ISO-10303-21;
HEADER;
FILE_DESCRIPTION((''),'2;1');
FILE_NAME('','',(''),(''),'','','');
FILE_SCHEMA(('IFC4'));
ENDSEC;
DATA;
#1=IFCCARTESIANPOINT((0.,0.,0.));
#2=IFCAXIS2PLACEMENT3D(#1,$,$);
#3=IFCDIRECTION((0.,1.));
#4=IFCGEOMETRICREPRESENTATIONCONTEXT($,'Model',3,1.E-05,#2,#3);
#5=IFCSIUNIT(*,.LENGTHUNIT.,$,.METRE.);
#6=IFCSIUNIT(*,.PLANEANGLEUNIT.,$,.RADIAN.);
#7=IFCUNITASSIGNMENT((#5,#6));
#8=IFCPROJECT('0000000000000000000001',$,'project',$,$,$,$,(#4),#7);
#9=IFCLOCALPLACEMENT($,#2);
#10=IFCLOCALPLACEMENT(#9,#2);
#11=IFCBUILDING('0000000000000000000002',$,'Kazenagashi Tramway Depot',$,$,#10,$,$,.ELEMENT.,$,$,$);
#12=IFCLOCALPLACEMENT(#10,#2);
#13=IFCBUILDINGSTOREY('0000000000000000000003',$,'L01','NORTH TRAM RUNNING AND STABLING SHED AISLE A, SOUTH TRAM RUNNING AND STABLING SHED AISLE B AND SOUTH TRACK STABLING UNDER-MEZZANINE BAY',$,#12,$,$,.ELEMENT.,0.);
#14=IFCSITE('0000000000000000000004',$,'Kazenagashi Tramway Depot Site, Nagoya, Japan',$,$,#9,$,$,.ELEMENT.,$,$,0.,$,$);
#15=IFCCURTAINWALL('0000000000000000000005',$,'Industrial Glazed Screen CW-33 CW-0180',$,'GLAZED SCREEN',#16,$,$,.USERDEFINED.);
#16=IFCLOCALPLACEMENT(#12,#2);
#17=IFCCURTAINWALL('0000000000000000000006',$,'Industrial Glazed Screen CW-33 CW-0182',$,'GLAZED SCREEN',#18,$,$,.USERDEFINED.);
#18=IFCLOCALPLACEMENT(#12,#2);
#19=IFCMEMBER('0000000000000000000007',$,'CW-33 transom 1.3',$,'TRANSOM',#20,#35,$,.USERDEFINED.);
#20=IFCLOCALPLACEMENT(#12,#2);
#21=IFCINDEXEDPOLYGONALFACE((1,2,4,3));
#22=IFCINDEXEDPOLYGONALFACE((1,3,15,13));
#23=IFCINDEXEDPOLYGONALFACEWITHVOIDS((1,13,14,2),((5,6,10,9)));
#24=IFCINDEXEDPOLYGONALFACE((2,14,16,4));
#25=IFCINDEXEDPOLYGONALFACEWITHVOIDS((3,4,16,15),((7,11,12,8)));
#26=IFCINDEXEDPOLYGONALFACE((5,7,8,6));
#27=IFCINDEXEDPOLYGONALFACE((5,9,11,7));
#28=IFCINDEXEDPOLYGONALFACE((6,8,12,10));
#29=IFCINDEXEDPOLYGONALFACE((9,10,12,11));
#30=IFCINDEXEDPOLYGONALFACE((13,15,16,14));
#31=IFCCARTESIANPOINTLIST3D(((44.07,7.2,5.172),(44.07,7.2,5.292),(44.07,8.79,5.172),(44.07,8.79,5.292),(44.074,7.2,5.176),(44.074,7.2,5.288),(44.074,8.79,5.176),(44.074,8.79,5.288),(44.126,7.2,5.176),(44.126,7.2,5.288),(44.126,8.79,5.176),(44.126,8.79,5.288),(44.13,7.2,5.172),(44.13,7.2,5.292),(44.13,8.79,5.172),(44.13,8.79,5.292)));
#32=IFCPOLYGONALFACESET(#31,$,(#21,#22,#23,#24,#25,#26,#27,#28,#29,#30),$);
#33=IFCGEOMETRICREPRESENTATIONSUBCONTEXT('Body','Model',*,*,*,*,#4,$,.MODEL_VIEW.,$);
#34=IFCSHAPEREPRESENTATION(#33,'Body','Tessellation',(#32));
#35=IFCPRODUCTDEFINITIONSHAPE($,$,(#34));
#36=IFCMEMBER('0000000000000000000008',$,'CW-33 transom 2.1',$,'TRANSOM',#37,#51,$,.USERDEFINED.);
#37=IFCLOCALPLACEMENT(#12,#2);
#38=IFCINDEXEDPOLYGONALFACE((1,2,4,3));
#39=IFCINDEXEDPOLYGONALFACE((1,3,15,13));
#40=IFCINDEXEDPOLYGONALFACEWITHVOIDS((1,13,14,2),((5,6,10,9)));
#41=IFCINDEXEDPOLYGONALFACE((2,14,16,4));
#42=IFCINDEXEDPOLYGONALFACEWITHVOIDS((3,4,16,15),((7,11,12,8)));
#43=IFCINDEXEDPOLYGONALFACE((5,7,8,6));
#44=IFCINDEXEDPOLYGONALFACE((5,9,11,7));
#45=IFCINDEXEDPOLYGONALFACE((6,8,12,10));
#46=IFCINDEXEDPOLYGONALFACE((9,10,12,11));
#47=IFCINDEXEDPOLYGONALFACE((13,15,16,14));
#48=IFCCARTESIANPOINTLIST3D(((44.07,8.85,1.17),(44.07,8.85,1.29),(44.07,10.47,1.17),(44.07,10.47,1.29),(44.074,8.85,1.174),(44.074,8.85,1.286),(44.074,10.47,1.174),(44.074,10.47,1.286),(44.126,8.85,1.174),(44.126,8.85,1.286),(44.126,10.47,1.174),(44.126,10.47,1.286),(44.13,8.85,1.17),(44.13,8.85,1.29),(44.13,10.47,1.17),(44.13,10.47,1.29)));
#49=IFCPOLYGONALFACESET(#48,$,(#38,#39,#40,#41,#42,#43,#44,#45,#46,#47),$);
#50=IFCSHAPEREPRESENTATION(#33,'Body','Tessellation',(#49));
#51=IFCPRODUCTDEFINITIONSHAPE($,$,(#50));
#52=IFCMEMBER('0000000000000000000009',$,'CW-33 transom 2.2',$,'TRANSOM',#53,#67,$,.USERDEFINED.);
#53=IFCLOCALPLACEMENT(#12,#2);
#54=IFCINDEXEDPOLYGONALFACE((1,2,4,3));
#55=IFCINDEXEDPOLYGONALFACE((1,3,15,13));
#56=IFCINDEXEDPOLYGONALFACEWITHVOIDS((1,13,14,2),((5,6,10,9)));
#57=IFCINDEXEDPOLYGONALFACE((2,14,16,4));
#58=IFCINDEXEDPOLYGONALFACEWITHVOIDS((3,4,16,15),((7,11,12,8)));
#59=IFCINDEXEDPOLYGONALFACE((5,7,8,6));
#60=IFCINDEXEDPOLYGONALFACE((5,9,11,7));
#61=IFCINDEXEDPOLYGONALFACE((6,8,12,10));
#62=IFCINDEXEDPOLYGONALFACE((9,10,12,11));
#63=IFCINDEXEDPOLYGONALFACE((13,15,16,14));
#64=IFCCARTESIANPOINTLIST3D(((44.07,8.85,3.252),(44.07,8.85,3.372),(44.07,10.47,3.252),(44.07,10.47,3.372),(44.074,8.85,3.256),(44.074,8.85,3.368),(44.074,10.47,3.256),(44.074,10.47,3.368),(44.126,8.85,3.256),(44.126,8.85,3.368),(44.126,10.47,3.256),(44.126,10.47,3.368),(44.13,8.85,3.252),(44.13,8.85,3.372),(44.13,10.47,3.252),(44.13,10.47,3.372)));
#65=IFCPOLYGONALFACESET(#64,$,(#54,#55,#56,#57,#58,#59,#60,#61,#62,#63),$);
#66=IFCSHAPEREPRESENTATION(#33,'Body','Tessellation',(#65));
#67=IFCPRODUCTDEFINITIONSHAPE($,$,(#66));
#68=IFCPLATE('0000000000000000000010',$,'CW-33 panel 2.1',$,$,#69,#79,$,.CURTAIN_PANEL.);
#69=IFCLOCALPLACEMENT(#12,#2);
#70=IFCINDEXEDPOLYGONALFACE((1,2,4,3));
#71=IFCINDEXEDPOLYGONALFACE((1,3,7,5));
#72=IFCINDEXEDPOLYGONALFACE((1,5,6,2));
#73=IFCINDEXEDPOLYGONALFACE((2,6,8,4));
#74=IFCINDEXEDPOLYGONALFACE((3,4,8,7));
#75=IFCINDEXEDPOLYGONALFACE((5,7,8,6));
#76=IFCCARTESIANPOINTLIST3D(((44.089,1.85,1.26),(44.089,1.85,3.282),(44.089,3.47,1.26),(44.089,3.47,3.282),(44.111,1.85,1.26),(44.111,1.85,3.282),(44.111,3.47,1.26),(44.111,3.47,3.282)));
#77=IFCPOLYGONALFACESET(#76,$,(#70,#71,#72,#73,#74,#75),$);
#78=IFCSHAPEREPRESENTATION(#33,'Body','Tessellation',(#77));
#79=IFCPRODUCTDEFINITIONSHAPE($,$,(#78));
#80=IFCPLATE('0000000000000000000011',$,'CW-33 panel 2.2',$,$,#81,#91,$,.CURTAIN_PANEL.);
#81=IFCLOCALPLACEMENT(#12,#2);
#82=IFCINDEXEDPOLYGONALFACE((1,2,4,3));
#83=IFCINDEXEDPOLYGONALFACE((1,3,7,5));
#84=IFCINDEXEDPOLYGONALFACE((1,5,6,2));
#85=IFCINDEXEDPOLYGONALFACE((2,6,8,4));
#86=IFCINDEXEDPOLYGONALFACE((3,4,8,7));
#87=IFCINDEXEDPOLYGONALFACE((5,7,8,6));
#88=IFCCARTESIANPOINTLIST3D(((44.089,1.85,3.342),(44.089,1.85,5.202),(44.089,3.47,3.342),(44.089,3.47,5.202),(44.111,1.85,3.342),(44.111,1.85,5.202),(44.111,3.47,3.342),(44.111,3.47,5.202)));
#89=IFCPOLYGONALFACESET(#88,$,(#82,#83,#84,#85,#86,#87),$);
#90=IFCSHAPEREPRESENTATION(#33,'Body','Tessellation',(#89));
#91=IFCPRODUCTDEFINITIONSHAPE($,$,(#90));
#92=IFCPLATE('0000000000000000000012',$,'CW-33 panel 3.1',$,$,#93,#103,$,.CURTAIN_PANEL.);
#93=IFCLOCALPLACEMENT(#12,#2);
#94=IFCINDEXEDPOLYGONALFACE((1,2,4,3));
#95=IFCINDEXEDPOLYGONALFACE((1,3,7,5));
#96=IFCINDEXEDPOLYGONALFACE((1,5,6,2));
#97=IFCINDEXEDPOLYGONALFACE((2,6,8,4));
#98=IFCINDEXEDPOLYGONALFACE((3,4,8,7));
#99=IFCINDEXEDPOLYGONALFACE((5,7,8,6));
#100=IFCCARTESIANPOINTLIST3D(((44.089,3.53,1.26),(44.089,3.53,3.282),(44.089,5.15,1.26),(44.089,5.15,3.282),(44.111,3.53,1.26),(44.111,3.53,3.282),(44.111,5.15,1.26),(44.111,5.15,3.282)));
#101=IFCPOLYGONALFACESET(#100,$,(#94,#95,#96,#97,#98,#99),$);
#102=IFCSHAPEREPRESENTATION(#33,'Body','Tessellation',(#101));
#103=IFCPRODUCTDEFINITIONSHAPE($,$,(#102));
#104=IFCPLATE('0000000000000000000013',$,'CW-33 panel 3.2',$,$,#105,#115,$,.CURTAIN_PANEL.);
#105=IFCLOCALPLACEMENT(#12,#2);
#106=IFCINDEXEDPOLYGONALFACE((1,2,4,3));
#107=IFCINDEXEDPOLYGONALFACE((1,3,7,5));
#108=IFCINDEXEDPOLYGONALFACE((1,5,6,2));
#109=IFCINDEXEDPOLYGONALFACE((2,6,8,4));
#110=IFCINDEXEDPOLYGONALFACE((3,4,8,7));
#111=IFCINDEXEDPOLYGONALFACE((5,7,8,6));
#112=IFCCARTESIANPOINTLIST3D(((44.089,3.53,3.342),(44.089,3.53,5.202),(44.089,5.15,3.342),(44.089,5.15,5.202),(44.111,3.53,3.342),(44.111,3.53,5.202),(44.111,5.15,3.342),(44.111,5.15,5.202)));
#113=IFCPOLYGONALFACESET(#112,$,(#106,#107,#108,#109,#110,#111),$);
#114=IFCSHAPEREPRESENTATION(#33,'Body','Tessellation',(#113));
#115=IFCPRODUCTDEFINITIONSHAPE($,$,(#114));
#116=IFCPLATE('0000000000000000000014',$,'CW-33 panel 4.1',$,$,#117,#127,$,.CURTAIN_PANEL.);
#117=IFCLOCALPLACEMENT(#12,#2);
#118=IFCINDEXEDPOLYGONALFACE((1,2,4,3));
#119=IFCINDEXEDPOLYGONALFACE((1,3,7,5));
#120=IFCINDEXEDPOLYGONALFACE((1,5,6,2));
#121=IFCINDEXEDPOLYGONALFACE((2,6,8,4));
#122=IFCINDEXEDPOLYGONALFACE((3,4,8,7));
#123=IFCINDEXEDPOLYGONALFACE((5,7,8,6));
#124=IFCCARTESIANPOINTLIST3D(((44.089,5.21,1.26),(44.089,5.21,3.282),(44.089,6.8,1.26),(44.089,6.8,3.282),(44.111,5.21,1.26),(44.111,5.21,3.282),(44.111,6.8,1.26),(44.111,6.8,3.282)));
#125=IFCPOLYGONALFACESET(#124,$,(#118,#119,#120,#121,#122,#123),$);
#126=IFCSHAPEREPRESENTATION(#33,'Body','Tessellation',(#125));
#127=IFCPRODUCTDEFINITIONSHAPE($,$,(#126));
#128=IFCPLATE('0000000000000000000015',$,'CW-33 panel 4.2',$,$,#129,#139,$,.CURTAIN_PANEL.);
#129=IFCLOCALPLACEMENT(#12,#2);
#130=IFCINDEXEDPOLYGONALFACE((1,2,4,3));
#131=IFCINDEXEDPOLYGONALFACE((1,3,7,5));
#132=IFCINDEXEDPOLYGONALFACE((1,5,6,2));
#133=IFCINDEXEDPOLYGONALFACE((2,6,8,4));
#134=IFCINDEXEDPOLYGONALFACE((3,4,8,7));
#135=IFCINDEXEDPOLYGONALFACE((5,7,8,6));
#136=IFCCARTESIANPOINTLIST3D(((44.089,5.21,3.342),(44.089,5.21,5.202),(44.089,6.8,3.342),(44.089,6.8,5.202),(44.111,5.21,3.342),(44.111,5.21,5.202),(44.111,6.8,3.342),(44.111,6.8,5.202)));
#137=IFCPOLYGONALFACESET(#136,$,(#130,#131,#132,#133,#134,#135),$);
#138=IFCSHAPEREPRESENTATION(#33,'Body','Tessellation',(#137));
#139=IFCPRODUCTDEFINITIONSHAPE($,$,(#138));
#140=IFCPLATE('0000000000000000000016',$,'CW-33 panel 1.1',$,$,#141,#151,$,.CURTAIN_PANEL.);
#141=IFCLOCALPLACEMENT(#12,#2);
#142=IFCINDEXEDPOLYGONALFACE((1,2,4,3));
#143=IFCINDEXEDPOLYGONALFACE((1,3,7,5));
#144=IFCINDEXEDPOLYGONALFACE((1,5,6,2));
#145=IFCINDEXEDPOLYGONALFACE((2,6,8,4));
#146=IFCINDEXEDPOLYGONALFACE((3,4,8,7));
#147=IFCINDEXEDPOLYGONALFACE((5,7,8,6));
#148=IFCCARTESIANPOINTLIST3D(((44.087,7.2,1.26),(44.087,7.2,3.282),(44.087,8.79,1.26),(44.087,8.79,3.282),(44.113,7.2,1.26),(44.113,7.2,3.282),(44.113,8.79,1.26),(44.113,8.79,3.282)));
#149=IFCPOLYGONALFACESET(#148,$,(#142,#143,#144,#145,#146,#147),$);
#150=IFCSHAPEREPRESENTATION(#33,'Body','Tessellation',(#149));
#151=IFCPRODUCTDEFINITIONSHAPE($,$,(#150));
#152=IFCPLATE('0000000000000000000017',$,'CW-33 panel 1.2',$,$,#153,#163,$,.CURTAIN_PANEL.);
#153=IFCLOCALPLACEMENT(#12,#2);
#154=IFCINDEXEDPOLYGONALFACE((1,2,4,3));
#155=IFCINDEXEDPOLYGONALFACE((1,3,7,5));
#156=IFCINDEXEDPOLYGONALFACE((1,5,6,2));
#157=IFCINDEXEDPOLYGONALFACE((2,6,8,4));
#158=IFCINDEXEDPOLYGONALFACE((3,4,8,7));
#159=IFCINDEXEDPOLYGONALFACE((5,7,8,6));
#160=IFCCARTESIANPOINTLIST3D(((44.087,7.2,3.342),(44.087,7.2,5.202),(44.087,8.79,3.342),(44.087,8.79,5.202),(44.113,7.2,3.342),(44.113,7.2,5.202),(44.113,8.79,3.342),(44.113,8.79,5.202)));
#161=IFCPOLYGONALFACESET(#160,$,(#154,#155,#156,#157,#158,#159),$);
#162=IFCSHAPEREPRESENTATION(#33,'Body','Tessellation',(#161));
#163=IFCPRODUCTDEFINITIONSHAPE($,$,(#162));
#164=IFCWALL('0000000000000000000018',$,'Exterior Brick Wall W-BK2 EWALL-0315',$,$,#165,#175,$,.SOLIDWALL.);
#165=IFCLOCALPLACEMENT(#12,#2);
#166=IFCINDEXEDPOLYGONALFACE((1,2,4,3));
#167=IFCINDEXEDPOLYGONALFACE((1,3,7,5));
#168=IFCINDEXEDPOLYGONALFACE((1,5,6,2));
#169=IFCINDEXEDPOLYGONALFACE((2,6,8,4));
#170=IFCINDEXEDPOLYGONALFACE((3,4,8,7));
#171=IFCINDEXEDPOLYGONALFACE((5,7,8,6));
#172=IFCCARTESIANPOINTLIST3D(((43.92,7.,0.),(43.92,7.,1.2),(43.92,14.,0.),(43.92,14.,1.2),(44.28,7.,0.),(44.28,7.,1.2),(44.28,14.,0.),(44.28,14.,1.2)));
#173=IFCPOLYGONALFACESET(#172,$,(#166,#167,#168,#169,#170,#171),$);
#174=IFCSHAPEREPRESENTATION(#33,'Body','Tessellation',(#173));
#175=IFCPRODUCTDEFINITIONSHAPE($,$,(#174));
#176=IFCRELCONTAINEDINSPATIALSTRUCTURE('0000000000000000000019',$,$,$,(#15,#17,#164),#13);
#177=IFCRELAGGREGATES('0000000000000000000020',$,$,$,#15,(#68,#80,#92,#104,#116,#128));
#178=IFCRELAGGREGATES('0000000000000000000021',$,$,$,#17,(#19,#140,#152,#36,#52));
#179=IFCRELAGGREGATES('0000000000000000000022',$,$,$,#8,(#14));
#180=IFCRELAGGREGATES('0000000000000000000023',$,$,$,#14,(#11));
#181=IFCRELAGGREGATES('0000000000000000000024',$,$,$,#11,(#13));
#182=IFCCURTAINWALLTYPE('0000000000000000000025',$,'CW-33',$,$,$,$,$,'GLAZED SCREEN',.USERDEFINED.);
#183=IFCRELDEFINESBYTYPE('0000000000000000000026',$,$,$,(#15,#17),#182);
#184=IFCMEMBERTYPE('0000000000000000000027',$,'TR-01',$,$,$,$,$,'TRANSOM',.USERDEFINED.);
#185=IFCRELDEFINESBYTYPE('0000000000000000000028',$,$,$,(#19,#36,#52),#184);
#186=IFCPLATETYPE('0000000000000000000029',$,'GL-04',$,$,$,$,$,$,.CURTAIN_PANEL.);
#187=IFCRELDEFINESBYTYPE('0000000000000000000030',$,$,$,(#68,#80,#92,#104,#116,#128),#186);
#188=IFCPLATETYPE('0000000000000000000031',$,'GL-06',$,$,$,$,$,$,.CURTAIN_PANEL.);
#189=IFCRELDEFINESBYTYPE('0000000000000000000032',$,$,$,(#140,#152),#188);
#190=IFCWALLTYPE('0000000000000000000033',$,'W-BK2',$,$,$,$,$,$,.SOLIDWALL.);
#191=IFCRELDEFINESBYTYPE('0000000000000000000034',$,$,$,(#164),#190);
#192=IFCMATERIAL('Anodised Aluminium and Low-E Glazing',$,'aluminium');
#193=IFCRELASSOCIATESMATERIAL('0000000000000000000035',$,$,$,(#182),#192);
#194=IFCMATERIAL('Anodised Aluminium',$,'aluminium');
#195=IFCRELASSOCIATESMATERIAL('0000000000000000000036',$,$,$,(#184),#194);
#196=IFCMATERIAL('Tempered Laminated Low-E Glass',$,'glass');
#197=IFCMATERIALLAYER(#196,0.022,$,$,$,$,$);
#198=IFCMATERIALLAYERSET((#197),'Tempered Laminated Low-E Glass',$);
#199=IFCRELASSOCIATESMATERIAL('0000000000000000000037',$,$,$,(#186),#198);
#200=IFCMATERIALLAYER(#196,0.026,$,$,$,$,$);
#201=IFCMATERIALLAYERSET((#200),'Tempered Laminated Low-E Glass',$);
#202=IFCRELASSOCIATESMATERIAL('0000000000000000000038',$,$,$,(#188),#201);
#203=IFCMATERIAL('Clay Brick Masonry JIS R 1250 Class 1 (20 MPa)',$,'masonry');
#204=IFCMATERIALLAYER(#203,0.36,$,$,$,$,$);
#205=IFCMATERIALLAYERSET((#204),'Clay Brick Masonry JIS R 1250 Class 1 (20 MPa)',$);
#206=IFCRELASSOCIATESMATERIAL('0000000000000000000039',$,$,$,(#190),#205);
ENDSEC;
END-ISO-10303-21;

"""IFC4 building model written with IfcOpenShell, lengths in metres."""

from ifc_helpers import new_model, si_unit, direction, frame, frame_2d, origin, origin_2d, place, context, subcontext, project, spatial, rectangle, hollow_rectangle, extrude, material, layer, layer_set, material_profile, profile_set, type_object, element, aggregate, save


model = new_model("IFC4")

# Units and contexts
model_context = context("Model", 3, precision=1e-05, world=origin(), true_north=direction((0.0, 1.0)))
body_context = subcontext(model_context, "Body", "Model", "MODEL_VIEW")
ifc_project = project(units=[si_unit("LENGTHUNIT", "METRE"), si_unit("PLANEANGLEUNIT", "RADIAN")], contexts=[model_context])

# Site, building, storey
site_placement = place(None, origin())
site = spatial("IfcSite", under=ifc_project, at=site_placement, Name="Kazenagashi Tramway Depot Site, Nagoya, Japan", CompositionType="ELEMENT", RefElevation=0.0)
building_placement = place(site_placement, origin())
building = spatial("IfcBuilding", under=site, at=building_placement, Name="Kazenagashi Tramway Depot", CompositionType="ELEMENT")
storey_placement = place(building_placement, origin())
storey = spatial("IfcBuildingStorey", under=building, at=storey_placement, Name="L01", Description="NORTH TRAM RUNNING AND STABLING SHED AISLE A, SOUTH TRAM RUNNING AND STABLING SHED AISLE B AND SOUTH TRACK STABLING UNDER-MEZZANINE BAY", CompositionType="ELEMENT", Elevation=0.0)

# Curtain walls
ifc_material_1 = material(Name="Anodised Aluminium and Low-E Glazing", Category="aluminium")
curtain_wall_type = type_object("IfcCurtainWallType", Name="CW-33", ElementType="GLAZED SCREEN", PredefinedType="USERDEFINED", material=ifc_material_1)
curtain_wall_1_placement = place(storey_placement, origin())
curtain_wall_1 = element("IfcCurtainWall", 1, at=curtain_wall_1_placement, inside=storey, type_object=curtain_wall_type, Name="Industrial Glazed Screen CW-33 CW-0180", ObjectType="GLAZED SCREEN", PredefinedType="USERDEFINED")
ifc_material_2 = material(Name="Anodised Aluminium", Category="aluminium")
curtain_wall_2_placement = place(storey_placement, origin())
curtain_wall_2 = element("IfcCurtainWall", 2, at=curtain_wall_2_placement, inside=storey, type_object=curtain_wall_type, Name="Industrial Glazed Screen CW-33 CW-0182", ObjectType="GLAZED SCREEN", PredefinedType="USERDEFINED")

# Members
ifc_material_profile_1 = material_profile(ifc_material_2, hollow_rectangle(XDim=0.06, YDim=0.12, WallThickness=0.004, at=origin_2d()), Name="RHS-120x60x4")
ifc_profile_set_1 = profile_set([ifc_material_profile_1], Name="Anodised Aluminium")
member_type_1 = type_object("IfcMemberType", Name="TR-01", ElementType="TRANSOM", PredefinedType="USERDEFINED", material=ifc_profile_set_1)
member_1_placement = place(storey_placement, frame((44.1, 7.2, 5.232), z_axis=(0.0, 1.0, 0.0), x_axis=(-1.0, 0.0, 0.0)))
member_1 = element("IfcMember", 3, at=member_1_placement, type_object=member_type_1, Name="CW-33 transom 1.3", ObjectType="TRANSOM", PredefinedType="USERDEFINED", context=body_context, shape_type="SweptSolid", body=[
    extrude(hollow_rectangle(XDim=0.06, YDim=0.12, WallThickness=0.004, at=origin_2d()), origin(), (0.0, 0.0, 1.0), 1.59),
])
member_2_placement = place(storey_placement, frame((44.1, 8.85, 1.23), z_axis=(0.0, 1.0, 0.0), x_axis=(-1.0, 0.0, 0.0)))
member_2 = element("IfcMember", 4, at=member_2_placement, type_object=member_type_1, Name="CW-33 transom 2.1", ObjectType="TRANSOM", PredefinedType="USERDEFINED", context=body_context, shape_type="SweptSolid", body=[
    extrude(hollow_rectangle(XDim=0.06, YDim=0.12, WallThickness=0.004, at=origin_2d()), origin(), (0.0, 0.0, 1.0), 1.62),
])
member_3_placement = place(storey_placement, frame((44.1, 8.85, 3.312), z_axis=(0.0, 1.0, 0.0), x_axis=(-1.0, 0.0, 0.0)))
member_3 = element("IfcMember", 5, at=member_3_placement, type_object=member_type_1, Name="CW-33 transom 2.2", ObjectType="TRANSOM", PredefinedType="USERDEFINED", context=body_context, shape_type="SweptSolid", body=[
    extrude(hollow_rectangle(XDim=0.06, YDim=0.12, WallThickness=0.004, at=origin_2d()), origin(), (0.0, 0.0, 1.0), 1.62),
])

# Plates
ifc_material_3 = material(Name="Tempered Laminated Low-E Glass", Category="glass")
ifc_layer_1 = layer(ifc_material_3, 0.022)
ifc_layer_set_1 = layer_set([ifc_layer_1], Name="Tempered Laminated Low-E Glass")
plate_type_1 = type_object("IfcPlateType", Name="GL-04", PredefinedType="CURTAIN_PANEL", material=ifc_layer_set_1)
plate_1_placement = place(storey_placement, frame((44.1, 2.66, 1.26), z_axis=(0.0, 0.0, 1.0), x_axis=(0.0, 1.0, 0.0)))
plate_1 = element("IfcPlate", 6, at=plate_1_placement, type_object=plate_type_1, Name="CW-33 panel 2.1", PredefinedType="CURTAIN_PANEL", context=body_context, shape_type="SweptSolid", body=[
    extrude(rectangle(XDim=1.62, YDim=0.022, at=origin_2d()), origin(), (0.0, 0.0, 1.0), 2.022),
])
plate_2_placement = place(storey_placement, frame((44.1, 2.66, 3.342), z_axis=(0.0, 0.0, 1.0), x_axis=(0.0, 1.0, 0.0)))
plate_2 = element("IfcPlate", 7, at=plate_2_placement, type_object=plate_type_1, Name="CW-33 panel 2.2", PredefinedType="CURTAIN_PANEL", context=body_context, shape_type="SweptSolid", body=[
    extrude(rectangle(XDim=1.62, YDim=0.022, at=origin_2d()), origin(), (0.0, 0.0, 1.0), 1.86),
])
plate_3_placement = place(storey_placement, frame((44.1, 4.34, 1.26), z_axis=(0.0, 0.0, 1.0), x_axis=(0.0, 1.0, 0.0)))
plate_3 = element("IfcPlate", 8, at=plate_3_placement, type_object=plate_type_1, Name="CW-33 panel 3.1", PredefinedType="CURTAIN_PANEL", context=body_context, shape_type="SweptSolid", body=[
    extrude(rectangle(XDim=1.62, YDim=0.022, at=origin_2d()), origin(), (0.0, 0.0, 1.0), 2.022),
])
plate_4_placement = place(storey_placement, frame((44.1, 4.34, 3.342), z_axis=(0.0, 0.0, 1.0), x_axis=(0.0, 1.0, 0.0)))
plate_4 = element("IfcPlate", 9, at=plate_4_placement, type_object=plate_type_1, Name="CW-33 panel 3.2", PredefinedType="CURTAIN_PANEL", context=body_context, shape_type="SweptSolid", body=[
    extrude(rectangle(XDim=1.62, YDim=0.022, at=origin_2d()), origin(), (0.0, 0.0, 1.0), 1.86),
])
plate_5_placement = place(storey_placement, frame((44.1, 6.005, 1.26), z_axis=(0.0, 0.0, 1.0), x_axis=(0.0, 1.0, 0.0)))
plate_5 = element("IfcPlate", 10, at=plate_5_placement, type_object=plate_type_1, Name="CW-33 panel 4.1", PredefinedType="CURTAIN_PANEL", context=body_context, shape_type="SweptSolid", body=[
    extrude(rectangle(XDim=1.59, YDim=0.022, at=origin_2d()), origin(), (0.0, 0.0, 1.0), 2.022),
])
plate_6_placement = place(storey_placement, frame((44.1, 6.005, 3.342), z_axis=(0.0, 0.0, 1.0), x_axis=(0.0, 1.0, 0.0)))
plate_6 = element("IfcPlate", 11, at=plate_6_placement, type_object=plate_type_1, Name="CW-33 panel 4.2", PredefinedType="CURTAIN_PANEL", context=body_context, shape_type="SweptSolid", body=[
    extrude(rectangle(XDim=1.59, YDim=0.022, at=origin_2d()), origin(), (0.0, 0.0, 1.0), 1.86),
])
aggregate(curtain_wall_1, [plate_1, plate_2, plate_3, plate_4, plate_5, plate_6])
ifc_layer_2 = layer(ifc_material_3, 0.026)
ifc_layer_set_2 = layer_set([ifc_layer_2], Name="Tempered Laminated Low-E Glass")
plate_type_2 = type_object("IfcPlateType", Name="GL-06", PredefinedType="CURTAIN_PANEL", material=ifc_layer_set_2)
plate_7_placement = place(storey_placement, frame((44.1, 7.995, 1.26), z_axis=(0.0, 0.0, 1.0), x_axis=(0.0, 1.0, 0.0)))
plate_7 = element("IfcPlate", 12, at=plate_7_placement, type_object=plate_type_2, Name="CW-33 panel 1.1", PredefinedType="CURTAIN_PANEL", context=body_context, shape_type="SweptSolid", body=[
    extrude(rectangle(XDim=1.59, YDim=0.026, at=origin_2d()), origin(), (0.0, 0.0, 1.0), 2.022),
])
plate_8_placement = place(storey_placement, frame((44.1, 7.995, 3.342), z_axis=(0.0, 0.0, 1.0), x_axis=(0.0, 1.0, 0.0)))
plate_8 = element("IfcPlate", 13, at=plate_8_placement, type_object=plate_type_2, Name="CW-33 panel 1.2", PredefinedType="CURTAIN_PANEL", context=body_context, shape_type="SweptSolid", body=[
    extrude(rectangle(XDim=1.59, YDim=0.026, at=origin_2d()), origin(), (0.0, 0.0, 1.0), 1.86),
])
aggregate(curtain_wall_2, [member_1, plate_7, plate_8, member_2, member_3])

# Wall
ifc_material_4 = material(Name="Clay Brick Masonry JIS R 1250 Class 1 (20 MPa)", Category="masonry")
ifc_layer_3 = layer(ifc_material_4, 0.36)
ifc_layer_set_3 = layer_set([ifc_layer_3], Name="Clay Brick Masonry JIS R 1250 Class 1 (20 MPa)")
wall_type = type_object("IfcWallType", Name="W-BK2", PredefinedType="SOLIDWALL", material=ifc_layer_set_3)
wall_placement = place(storey_placement, frame((44.1, 7.0, 0.0), z_axis=(0.0, 0.0, 1.0), x_axis=(0.0, 1.0, 0.0)))
element("IfcWall", 14, at=wall_placement, inside=storey, type_object=wall_type, Name="Exterior Brick Wall W-BK2 EWALL-0315", PredefinedType="SOLIDWALL", context=body_context, shape_type="SweptSolid", body=[
    extrude(rectangle(XDim=7.0, YDim=0.36, at=frame_2d((3.5, 0.0))), origin(), (0.0, 0.0, 1.0), 1.2),
])

save(model, "model.ifc")
